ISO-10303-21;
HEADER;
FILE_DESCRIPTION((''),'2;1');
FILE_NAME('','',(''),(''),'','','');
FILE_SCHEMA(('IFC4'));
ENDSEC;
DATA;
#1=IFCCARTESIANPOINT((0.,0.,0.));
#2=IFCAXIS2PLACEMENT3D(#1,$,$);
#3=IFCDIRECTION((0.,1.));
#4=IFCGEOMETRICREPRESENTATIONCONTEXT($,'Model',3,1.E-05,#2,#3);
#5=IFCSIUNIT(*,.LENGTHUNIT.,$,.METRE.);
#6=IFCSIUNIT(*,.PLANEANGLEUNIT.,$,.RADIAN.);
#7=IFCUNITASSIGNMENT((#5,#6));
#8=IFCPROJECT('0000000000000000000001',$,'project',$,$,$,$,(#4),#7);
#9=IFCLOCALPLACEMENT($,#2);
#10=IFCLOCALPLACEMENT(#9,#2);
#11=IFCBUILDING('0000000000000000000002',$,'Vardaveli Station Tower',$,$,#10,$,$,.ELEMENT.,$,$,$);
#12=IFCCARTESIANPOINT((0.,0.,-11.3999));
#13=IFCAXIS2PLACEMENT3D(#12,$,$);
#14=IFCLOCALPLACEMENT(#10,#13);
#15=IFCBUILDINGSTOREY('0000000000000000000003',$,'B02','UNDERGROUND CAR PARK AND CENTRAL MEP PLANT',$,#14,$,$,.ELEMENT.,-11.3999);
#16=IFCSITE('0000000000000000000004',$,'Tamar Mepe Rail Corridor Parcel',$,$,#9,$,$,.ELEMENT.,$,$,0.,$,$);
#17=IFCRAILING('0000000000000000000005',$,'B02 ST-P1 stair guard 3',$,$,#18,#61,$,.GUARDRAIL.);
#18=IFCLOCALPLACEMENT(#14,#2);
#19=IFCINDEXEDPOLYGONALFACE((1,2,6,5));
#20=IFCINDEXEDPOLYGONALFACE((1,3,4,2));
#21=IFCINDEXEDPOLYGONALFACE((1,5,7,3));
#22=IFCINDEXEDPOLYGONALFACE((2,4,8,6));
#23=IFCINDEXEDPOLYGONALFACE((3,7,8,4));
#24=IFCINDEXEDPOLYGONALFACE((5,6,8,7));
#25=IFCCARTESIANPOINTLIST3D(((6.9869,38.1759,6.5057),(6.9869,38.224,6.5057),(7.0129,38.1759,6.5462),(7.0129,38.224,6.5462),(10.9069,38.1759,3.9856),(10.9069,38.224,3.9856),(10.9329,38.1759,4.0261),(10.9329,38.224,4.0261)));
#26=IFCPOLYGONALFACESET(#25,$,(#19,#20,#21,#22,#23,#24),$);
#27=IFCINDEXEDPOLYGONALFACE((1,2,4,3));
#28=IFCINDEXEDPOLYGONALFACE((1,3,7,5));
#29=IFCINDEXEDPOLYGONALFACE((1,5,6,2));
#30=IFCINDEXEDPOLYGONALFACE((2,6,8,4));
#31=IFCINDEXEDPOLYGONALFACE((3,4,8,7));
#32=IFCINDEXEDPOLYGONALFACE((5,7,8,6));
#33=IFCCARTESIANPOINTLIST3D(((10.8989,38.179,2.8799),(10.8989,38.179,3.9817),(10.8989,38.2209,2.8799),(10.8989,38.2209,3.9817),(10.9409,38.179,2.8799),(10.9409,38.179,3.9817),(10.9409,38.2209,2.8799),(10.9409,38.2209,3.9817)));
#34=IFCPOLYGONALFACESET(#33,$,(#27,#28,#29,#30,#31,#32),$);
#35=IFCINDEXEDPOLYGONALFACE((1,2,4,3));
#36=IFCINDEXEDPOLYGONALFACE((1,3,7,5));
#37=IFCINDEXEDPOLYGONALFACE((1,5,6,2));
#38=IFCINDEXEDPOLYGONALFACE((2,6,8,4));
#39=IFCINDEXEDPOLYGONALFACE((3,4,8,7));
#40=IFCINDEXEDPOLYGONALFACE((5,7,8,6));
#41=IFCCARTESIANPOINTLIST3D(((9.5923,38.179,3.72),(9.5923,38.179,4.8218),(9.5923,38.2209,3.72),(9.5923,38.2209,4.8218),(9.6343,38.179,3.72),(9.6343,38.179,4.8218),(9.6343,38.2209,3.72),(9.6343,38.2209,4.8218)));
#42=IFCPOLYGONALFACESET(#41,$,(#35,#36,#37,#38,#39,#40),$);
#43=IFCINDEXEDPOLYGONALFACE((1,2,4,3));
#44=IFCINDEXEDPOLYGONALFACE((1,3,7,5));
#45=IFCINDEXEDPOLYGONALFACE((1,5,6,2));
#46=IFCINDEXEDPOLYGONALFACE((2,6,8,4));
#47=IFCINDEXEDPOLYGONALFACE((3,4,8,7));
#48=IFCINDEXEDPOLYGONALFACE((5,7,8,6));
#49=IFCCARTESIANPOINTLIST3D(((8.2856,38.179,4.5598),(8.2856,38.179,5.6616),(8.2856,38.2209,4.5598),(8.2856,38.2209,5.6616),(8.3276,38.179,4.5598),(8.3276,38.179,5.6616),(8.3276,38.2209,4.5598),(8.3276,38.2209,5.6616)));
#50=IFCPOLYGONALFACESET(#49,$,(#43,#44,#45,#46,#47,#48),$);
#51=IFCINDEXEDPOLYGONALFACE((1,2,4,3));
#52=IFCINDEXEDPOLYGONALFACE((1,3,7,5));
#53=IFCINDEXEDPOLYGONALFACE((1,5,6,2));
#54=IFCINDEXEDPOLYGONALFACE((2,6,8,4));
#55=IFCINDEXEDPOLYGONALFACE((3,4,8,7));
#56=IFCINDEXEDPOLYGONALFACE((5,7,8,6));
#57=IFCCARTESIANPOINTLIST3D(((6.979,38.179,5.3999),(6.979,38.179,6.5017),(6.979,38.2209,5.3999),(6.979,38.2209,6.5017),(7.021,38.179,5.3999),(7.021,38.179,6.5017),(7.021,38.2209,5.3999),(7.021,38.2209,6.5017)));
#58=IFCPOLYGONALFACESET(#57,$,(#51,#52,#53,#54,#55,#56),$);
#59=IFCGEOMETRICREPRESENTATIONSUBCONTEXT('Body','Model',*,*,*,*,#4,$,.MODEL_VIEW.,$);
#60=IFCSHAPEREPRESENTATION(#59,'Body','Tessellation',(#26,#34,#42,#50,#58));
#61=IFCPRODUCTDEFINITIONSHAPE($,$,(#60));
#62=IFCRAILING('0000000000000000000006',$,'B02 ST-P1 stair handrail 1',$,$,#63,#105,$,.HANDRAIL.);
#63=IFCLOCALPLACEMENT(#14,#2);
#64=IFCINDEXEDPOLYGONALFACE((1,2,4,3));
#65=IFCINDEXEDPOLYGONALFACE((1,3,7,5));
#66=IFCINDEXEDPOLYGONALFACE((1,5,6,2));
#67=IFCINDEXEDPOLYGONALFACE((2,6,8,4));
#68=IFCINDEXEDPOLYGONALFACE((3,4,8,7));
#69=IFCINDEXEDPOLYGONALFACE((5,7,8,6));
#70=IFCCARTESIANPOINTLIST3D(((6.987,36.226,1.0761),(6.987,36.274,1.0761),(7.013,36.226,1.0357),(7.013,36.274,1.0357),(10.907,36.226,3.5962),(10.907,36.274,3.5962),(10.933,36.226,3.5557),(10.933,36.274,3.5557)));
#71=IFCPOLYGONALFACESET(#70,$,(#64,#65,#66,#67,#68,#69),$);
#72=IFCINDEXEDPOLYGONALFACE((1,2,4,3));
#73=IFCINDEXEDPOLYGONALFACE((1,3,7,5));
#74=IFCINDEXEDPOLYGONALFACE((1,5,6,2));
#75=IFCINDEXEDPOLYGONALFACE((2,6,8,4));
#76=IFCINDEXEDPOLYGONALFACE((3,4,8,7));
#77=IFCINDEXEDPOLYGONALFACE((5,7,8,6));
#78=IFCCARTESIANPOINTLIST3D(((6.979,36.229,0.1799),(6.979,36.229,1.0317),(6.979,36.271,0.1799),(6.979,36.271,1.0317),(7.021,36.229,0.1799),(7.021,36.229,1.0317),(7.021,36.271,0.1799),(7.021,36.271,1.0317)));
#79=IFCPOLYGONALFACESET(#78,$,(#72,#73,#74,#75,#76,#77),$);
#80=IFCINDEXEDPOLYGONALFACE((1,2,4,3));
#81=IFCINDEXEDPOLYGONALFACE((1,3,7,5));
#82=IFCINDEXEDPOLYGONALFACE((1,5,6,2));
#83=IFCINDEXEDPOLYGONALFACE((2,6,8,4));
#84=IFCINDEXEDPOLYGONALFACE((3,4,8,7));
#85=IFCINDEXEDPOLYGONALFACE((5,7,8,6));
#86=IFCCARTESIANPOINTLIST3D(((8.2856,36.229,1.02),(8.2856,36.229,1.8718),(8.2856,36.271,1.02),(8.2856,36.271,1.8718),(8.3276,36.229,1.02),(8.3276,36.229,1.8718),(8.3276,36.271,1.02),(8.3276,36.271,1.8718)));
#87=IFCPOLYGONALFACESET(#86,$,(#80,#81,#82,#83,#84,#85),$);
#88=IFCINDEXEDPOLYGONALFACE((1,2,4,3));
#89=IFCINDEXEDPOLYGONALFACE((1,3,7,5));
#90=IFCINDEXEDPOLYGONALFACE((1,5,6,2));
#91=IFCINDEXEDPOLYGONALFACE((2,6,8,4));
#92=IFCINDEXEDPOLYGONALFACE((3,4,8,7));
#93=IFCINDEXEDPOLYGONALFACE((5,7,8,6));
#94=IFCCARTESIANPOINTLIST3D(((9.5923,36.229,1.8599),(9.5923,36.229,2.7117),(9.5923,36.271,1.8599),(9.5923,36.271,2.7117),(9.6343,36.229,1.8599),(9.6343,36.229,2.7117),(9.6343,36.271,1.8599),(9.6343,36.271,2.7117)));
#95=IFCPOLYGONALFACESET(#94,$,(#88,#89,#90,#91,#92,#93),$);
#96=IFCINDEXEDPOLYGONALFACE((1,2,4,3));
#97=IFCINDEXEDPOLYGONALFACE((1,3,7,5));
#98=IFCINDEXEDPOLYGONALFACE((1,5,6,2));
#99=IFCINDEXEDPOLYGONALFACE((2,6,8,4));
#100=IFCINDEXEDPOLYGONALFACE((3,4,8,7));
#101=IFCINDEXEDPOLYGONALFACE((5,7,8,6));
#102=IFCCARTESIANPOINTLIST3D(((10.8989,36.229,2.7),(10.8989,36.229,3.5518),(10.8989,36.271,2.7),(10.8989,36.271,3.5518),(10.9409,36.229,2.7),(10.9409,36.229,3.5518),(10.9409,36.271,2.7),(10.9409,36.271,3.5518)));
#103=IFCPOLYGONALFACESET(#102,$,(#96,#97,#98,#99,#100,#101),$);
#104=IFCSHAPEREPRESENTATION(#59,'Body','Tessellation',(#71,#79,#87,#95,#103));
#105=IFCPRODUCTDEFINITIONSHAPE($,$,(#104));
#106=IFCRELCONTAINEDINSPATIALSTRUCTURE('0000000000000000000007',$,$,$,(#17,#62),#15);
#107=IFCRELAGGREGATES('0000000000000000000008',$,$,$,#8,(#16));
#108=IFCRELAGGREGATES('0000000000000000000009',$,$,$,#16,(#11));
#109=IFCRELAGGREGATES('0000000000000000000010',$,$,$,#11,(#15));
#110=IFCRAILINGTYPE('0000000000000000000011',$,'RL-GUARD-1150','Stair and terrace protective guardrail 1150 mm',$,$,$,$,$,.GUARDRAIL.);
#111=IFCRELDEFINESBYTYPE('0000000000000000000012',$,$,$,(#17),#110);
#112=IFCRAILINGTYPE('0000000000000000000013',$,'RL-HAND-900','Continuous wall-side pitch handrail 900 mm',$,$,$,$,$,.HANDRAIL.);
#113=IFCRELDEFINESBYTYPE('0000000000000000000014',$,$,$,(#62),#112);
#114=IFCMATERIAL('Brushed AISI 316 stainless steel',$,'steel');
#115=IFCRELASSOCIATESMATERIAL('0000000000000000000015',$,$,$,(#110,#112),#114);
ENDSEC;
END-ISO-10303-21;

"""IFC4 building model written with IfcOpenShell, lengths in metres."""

from ifc_helpers import new_model, si_unit, direction, frame, origin, origin_2d, place, context, subcontext, project, spatial, rectangle, extrude, source, transform, mapped, material, type_object, element, save


model = new_model("IFC4")

# Units and contexts
model_context = context("Model", 3, precision=1e-05, world=origin(), true_north=direction((0.0, 1.0)))
body_context = subcontext(model_context, "Body", "Model", "MODEL_VIEW")
ifc_project = project(units=[si_unit("LENGTHUNIT", "METRE"), si_unit("PLANEANGLEUNIT", "RADIAN")], contexts=[model_context])

# Site, building, storey
site_placement = place(None, origin())
site = spatial("IfcSite", under=ifc_project, at=site_placement, Name="Tamar Mepe Rail Corridor Parcel", CompositionType="ELEMENT", RefElevation=0.0)
building_placement = place(site_placement, origin())
building = spatial("IfcBuilding", under=site, at=building_placement, Name="Vardaveli Station Tower", CompositionType="ELEMENT")
storey_placement = place(building_placement, frame((0.0, 0.0, -11.3999)))
storey = spatial("IfcBuildingStorey", under=building, at=storey_placement, Name="B02", Description="UNDERGROUND CAR PARK AND CENTRAL MEP PLANT", CompositionType="ELEMENT", Elevation=-11.3999)

# Railings
ifc_material_1 = material(Name="Brushed AISI 316 stainless steel", Category="steel")
railing_type_1 = type_object("IfcRailingType", Name="RL-GUARD-1150", Description="Stair and terrace protective guardrail 1150 mm", PredefinedType="GUARDRAIL", material=ifc_material_1)
shared_shape_1 = source(origin(), body_context, "Body", "SweptSolid", [
    extrude(rectangle(XDim=0.0481, YDim=0.0481, at=origin_2d()), frame((0.0, 0.0, 1.126), z_axis=(-0.841172, 0.0, 0.540768), x_axis=(0.0, -1.0, 0.0)), (0.0, 0.0, 1.0), 4.6602),
    extrude(rectangle(XDim=0.042, YDim=0.042, at=origin_2d()), origin(), (0.0, 0.0, 1.0), 1.1018),
    extrude(rectangle(XDim=0.042, YDim=0.042, at=origin_2d()), frame((-1.3066, 0.0, 0.8401)), (0.0, 0.0, 1.0), 1.1018),
    extrude(rectangle(XDim=0.042, YDim=0.042, at=origin_2d()), frame((-2.6133, 0.0, 1.6799)), (0.0, 0.0, 1.0), 1.1018),
    extrude(rectangle(XDim=0.042, YDim=0.042, at=origin_2d()), frame((-3.9199, 0.0, 2.52)), (0.0, 0.0, 1.0), 1.1018),
])
railing_1_placement = place(storey_placement, frame((10.9199, 38.2, 2.8799)))
element("IfcRailing", 1, at=railing_1_placement, inside=storey, type_object=railing_type_1, Name="B02 ST-P1 stair guard 3", PredefinedType="GUARDRAIL", context=body_context, shape_type="MappedRepresentation", body=[
    mapped(shared_shape_1, transform((0.0, 0.0, 0.0), scale=1.0)),
])
railing_type_2 = type_object("IfcRailingType", Name="RL-HAND-900", Description="Continuous wall-side pitch handrail 900 mm", PredefinedType="HANDRAIL", material=ifc_material_1)
shared_shape_2 = source(origin(), body_context, "Body", "SweptSolid", [
    extrude(rectangle(XDim=0.0481, YDim=0.0481, at=origin_2d()), frame((0.0, 0.0, 0.876), z_axis=(0.841172, 0.0, 0.540768), x_axis=(0.0, 1.0, 0.0)), (0.0, 0.0, 1.0), 4.6602),
    extrude(rectangle(XDim=0.042, YDim=0.042, at=origin_2d()), origin(), (0.0, 0.0, 1.0), 0.8518),
    extrude(rectangle(XDim=0.042, YDim=0.042, at=origin_2d()), frame((1.3066, 0.0, 0.8401)), (0.0, 0.0, 1.0), 0.8518),
    extrude(rectangle(XDim=0.042, YDim=0.042, at=origin_2d()), frame((2.6133, 0.0, 1.6799)), (0.0, 0.0, 1.0), 0.8518),
    extrude(rectangle(XDim=0.042, YDim=0.042, at=origin_2d()), frame((3.9199, 0.0, 2.52)), (0.0, 0.0, 1.0), 0.8518),
])
railing_2_placement = place(storey_placement, frame((7.0, 36.25, 0.1799)))
element("IfcRailing", 2, at=railing_2_placement, inside=storey, type_object=railing_type_2, Name="B02 ST-P1 stair handrail 1", PredefinedType="HANDRAIL", context=body_context, shape_type="MappedRepresentation", body=[
    mapped(shared_shape_2, transform((0.0, 0.0, 0.0), scale=1.0)),
])

save(model, "model.ifc")
